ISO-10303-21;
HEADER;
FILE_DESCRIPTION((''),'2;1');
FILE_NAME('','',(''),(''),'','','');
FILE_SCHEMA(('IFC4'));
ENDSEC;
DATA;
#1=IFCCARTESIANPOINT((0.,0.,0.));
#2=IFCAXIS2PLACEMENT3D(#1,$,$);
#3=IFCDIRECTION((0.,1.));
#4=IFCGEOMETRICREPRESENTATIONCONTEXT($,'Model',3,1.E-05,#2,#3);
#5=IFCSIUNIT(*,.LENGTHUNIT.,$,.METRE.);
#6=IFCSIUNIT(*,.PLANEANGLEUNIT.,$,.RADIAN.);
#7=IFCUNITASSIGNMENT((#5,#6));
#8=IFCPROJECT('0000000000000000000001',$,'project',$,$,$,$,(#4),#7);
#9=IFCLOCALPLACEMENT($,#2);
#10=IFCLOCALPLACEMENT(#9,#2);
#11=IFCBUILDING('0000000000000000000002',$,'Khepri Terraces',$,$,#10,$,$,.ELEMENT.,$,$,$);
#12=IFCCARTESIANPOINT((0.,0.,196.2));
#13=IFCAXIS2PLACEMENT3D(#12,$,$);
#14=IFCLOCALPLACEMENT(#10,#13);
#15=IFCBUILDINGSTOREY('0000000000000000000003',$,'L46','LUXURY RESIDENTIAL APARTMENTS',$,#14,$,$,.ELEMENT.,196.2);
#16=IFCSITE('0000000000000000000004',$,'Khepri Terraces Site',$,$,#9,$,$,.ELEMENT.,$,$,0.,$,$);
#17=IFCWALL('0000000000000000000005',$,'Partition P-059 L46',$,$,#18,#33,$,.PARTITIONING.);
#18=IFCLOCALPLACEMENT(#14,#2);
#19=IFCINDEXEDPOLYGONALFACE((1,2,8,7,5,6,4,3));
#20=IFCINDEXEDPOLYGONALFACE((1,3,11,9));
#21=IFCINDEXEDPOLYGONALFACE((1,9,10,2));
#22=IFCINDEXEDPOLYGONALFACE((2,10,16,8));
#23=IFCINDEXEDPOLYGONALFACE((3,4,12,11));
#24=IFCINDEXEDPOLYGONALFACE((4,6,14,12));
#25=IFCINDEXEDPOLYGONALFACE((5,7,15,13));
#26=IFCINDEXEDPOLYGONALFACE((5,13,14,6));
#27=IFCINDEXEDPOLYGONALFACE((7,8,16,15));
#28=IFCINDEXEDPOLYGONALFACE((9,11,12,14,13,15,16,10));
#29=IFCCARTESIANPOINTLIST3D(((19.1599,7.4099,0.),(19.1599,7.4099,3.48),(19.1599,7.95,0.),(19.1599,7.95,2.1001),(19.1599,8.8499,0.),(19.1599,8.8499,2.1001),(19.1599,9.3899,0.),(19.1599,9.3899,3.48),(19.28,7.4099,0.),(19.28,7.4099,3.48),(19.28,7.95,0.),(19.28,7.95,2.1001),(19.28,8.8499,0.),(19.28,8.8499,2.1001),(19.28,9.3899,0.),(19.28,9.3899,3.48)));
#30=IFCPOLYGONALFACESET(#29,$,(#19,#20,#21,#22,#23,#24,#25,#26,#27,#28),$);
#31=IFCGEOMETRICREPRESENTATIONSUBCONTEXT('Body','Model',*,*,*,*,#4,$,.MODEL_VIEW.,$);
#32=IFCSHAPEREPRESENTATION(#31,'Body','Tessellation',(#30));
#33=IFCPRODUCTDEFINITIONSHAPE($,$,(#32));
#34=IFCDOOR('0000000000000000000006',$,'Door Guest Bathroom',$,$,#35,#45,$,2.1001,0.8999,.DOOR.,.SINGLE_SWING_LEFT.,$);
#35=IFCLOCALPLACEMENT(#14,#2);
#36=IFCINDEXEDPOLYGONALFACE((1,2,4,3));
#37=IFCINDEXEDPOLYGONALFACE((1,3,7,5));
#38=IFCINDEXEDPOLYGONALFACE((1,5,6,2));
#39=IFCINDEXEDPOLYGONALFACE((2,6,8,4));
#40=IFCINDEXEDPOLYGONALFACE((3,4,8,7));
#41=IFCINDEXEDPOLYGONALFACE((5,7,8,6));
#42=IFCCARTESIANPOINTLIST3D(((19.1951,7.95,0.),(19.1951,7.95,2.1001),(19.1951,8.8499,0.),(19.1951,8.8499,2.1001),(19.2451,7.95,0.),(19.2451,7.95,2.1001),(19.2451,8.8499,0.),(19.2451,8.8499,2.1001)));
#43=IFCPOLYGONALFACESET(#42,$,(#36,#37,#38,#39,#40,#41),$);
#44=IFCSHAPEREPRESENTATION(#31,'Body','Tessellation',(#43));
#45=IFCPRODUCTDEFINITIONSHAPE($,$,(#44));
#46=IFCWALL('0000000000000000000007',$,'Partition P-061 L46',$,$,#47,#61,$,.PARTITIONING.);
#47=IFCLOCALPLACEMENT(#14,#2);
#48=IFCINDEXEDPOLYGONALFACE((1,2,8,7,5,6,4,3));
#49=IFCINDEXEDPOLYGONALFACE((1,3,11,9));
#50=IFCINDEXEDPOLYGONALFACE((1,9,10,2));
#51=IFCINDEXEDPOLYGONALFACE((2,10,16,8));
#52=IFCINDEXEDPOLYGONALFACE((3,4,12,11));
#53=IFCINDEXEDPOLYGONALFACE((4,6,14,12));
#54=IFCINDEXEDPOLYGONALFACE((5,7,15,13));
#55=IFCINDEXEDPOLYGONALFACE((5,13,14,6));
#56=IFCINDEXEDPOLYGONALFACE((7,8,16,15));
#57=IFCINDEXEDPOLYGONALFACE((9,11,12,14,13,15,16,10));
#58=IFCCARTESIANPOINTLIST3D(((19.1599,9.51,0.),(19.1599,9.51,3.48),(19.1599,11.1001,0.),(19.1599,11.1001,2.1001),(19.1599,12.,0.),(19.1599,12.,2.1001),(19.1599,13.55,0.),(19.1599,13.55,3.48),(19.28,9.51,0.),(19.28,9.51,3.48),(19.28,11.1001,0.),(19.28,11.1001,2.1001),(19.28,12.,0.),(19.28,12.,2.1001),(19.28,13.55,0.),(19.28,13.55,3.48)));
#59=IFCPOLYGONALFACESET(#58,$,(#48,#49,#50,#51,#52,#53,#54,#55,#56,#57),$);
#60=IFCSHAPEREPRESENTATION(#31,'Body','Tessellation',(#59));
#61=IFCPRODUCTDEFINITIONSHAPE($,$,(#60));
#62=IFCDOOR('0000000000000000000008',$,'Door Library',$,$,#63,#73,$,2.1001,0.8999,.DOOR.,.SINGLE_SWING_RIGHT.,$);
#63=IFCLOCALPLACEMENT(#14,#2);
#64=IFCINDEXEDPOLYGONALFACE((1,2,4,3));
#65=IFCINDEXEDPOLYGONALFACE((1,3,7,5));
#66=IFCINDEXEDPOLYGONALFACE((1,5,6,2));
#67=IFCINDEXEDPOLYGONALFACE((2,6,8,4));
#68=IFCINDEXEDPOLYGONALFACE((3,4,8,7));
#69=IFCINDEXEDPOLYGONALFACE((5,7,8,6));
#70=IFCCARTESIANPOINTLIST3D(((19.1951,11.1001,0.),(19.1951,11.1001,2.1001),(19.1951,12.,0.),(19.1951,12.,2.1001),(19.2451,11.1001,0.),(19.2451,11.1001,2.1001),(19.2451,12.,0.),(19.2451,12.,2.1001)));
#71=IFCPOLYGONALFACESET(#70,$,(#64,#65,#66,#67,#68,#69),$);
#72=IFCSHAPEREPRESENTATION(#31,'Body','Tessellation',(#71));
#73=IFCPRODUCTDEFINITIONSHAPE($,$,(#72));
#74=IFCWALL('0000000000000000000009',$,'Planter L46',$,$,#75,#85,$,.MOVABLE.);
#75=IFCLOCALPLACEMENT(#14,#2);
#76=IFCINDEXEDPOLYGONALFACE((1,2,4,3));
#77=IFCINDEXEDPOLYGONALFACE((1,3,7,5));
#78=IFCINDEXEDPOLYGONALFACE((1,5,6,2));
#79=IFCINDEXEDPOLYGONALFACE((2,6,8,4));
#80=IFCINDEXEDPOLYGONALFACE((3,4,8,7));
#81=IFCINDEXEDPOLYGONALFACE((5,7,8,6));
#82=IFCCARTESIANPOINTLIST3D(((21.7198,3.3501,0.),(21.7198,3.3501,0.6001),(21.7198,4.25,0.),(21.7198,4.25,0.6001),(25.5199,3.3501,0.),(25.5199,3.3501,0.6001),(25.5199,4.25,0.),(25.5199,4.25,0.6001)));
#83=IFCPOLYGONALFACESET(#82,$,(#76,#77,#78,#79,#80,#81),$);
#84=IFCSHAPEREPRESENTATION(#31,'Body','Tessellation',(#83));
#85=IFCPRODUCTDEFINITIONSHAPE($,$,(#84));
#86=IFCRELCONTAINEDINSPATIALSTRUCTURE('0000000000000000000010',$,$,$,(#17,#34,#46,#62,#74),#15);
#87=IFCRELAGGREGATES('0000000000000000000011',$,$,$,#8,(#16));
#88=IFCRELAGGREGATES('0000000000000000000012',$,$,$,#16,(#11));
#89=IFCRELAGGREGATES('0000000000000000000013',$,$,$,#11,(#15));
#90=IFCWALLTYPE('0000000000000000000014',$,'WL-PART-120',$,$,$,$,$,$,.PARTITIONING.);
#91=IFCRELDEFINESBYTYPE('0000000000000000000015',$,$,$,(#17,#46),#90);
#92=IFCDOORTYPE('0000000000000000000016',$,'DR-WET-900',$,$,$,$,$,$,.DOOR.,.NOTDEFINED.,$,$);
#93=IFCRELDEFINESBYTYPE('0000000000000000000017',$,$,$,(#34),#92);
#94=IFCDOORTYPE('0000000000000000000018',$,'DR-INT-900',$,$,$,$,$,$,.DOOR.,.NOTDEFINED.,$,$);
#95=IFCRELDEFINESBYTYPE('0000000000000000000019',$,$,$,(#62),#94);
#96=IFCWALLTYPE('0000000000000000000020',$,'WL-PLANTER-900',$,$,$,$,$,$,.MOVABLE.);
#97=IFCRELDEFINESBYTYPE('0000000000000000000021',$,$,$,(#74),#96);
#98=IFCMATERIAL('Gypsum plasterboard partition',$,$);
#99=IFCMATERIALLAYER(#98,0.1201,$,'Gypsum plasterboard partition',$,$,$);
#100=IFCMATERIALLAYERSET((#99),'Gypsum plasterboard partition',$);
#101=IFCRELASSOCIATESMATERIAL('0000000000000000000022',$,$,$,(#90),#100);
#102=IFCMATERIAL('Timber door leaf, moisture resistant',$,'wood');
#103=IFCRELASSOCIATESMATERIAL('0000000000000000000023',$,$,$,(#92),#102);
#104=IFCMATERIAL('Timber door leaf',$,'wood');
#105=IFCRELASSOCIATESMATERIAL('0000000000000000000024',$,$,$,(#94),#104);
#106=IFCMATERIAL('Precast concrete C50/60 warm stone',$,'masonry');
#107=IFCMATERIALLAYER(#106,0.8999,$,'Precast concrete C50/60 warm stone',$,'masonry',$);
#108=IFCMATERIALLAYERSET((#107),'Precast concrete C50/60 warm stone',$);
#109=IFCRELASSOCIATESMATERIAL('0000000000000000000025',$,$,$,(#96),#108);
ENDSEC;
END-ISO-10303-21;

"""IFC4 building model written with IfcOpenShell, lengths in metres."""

from ifc_helpers import new_model, si_unit, direction, frame, frame_2d, origin, place, context, subcontext, project, spatial, rectangle, extrude, material, layer, layer_set, type_object, element, fill, save


model = new_model("IFC4")

# Units and contexts
model_context = context("Model", 3, precision=1e-05, world=origin(), true_north=direction((0.0, 1.0)))
body_context = subcontext(model_context, "Body", "Model", "MODEL_VIEW")
ifc_project = project(units=[si_unit("LENGTHUNIT", "METRE"), si_unit("PLANEANGLEUNIT", "RADIAN")], contexts=[model_context])

# Site, building, storey
site_placement = place(None, origin())
site = spatial("IfcSite", under=ifc_project, at=site_placement, Name="Khepri Terraces Site", CompositionType="ELEMENT", RefElevation=0.0)
building_placement = place(site_placement, origin())
building = spatial("IfcBuilding", under=site, at=building_placement, Name="Khepri Terraces", CompositionType="ELEMENT")
storey_placement = place(building_placement, frame((0.0, 0.0, 196.2)))
storey = spatial("IfcBuildingStorey", under=building, at=storey_placement, Name="L46", Description="LUXURY RESIDENTIAL APARTMENTS", CompositionType="ELEMENT", Elevation=196.2)

# Shared definitions
ifc_material_1 = material(Name="Precast concrete C50/60 warm stone", Category="masonry")

# Walls, openings, doors
ifc_material_2 = material(Name="Gypsum plasterboard partition")
ifc_layer_1 = layer(ifc_material_2, 0.1201, Name="Gypsum plasterboard partition")
ifc_layer_set_1 = layer_set([ifc_layer_1], Name="Gypsum plasterboard partition")
wall_type_1 = type_object("IfcWallType", Name="WL-PART-120", PredefinedType="PARTITIONING", material=ifc_layer_set_1)
ifc_material_3 = material(Name="Timber door leaf, moisture resistant", Category="wood")
door_type_1 = type_object("IfcDoorType", Name="DR-WET-900", OperationType="NOTDEFINED", PredefinedType="DOOR", material=ifc_material_3)
ifc_material_4 = material(Name="Timber door leaf", Category="wood")
door_type_2 = type_object("IfcDoorType", Name="DR-INT-900", OperationType="NOTDEFINED", PredefinedType="DOOR", material=ifc_material_4)
wall_1_placement = place(storey_placement, frame((19.22, 7.4099, 0.0), z_axis=(0.0, 0.0, 1.0), x_axis=(0.0, 1.0, 0.0)))
wall_1 = element("IfcWall", 1, at=wall_1_placement, inside=storey, type_object=wall_type_1, Name="Partition P-059 L46", PredefinedType="PARTITIONING", context=body_context, shape_type="SweptSolid", body=[
    extrude(rectangle(XDim=1.98, YDim=0.1201, at=frame_2d((0.99, 0.0))), origin(), (0.0, 0.0, 1.0), 3.48),
])
opening_1_placement = place(wall_1_placement, frame((0.54, 0.0, 0.0)))
opening_1 = element("IfcOpeningElement", 2, at=opening_1_placement, cuts=wall_1, PredefinedType="OPENING", context=body_context, shape_type="SweptSolid", body=[
    extrude(rectangle(XDim=0.8999, YDim=2.1001, at=frame_2d((0.45, 1.05))), frame((0.0, 0.0701, 0.0), z_axis=(0.0, -1.0, 0.0), x_axis=(1.0, 0.0, 0.0)), (0.0, 0.0, 1.0), 0.1401),
])
door_1_placement = place(opening_1_placement, origin())
door_1 = element("IfcDoor", 3, at=door_1_placement, inside=storey, type_object=door_type_1, Name="Door Guest Bathroom", OperationType="SINGLE_SWING_LEFT", OverallHeight=2.1001, OverallWidth=0.8999, PredefinedType="DOOR", context=body_context, shape_type="SweptSolid", body=[
    extrude(rectangle(XDim=0.8999, YDim=2.1001, at=frame_2d((0.45, 1.05))), frame((0.0, 0.0249, 0.0), z_axis=(0.0, -1.0, 0.0), x_axis=(1.0, 0.0, 0.0)), (0.0, 0.0, 1.0), 0.05),
])
fill(opening_1, door_1)
wall_2_placement = place(storey_placement, frame((19.22, 9.51, 0.0), z_axis=(0.0, 0.0, 1.0), x_axis=(0.0, 1.0, 0.0)))
wall_2 = element("IfcWall", 4, at=wall_2_placement, inside=storey, type_object=wall_type_1, Name="Partition P-061 L46", PredefinedType="PARTITIONING", context=body_context, shape_type="SweptSolid", body=[
    extrude(rectangle(XDim=4.04, YDim=0.1201, at=frame_2d((2.02, 0.0))), origin(), (0.0, 0.0, 1.0), 3.48),
])
opening_2_placement = place(wall_2_placement, frame((1.5901, 0.0, 0.0)))
opening_2 = element("IfcOpeningElement", 5, at=opening_2_placement, cuts=wall_2, PredefinedType="OPENING", context=body_context, shape_type="SweptSolid", body=[
    extrude(rectangle(XDim=0.8999, YDim=2.1001, at=frame_2d((0.45, 1.05))), frame((0.0, 0.0701, 0.0), z_axis=(0.0, -1.0, 0.0), x_axis=(1.0, 0.0, 0.0)), (0.0, 0.0, 1.0), 0.1401),
])
door_2_placement = place(opening_2_placement, origin())
door_2 = element("IfcDoor", 6, at=door_2_placement, inside=storey, type_object=door_type_2, Name="Door Library", OperationType="SINGLE_SWING_RIGHT", OverallHeight=2.1001, OverallWidth=0.8999, PredefinedType="DOOR", context=body_context, shape_type="SweptSolid", body=[
    extrude(rectangle(XDim=0.8999, YDim=2.1001, at=frame_2d((0.45, 1.05))), frame((0.0, 0.0249, 0.0), z_axis=(0.0, -1.0, 0.0), x_axis=(1.0, 0.0, 0.0)), (0.0, 0.0, 1.0), 0.05),
])
fill(opening_2, door_2)

# Wall
ifc_layer_2 = layer(ifc_material_1, 0.8999, Name="Precast concrete C50/60 warm stone", Category="masonry")
ifc_layer_set_2 = layer_set([ifc_layer_2], Name="Precast concrete C50/60 warm stone")
wall_type_2 = type_object("IfcWallType", Name="WL-PLANTER-900", PredefinedType="MOVABLE", material=ifc_layer_set_2)
wall_3_placement = place(storey_placement, frame((21.72, 3.8, 0.0), z_axis=(0.0, 0.0, 1.0), x_axis=(1.0, 0.0, 0.0)))
element("IfcWall", 7, at=wall_3_placement, inside=storey, type_object=wall_type_2, Name="Planter L46", PredefinedType="MOVABLE", context=body_context, shape_type="SweptSolid", body=[
    extrude(rectangle(XDim=3.8, YDim=0.8999, at=frame_2d((1.8999, 0.0))), origin(), (0.0, 0.0, 1.0), 0.6001),
])

save(model, "model.ifc")
